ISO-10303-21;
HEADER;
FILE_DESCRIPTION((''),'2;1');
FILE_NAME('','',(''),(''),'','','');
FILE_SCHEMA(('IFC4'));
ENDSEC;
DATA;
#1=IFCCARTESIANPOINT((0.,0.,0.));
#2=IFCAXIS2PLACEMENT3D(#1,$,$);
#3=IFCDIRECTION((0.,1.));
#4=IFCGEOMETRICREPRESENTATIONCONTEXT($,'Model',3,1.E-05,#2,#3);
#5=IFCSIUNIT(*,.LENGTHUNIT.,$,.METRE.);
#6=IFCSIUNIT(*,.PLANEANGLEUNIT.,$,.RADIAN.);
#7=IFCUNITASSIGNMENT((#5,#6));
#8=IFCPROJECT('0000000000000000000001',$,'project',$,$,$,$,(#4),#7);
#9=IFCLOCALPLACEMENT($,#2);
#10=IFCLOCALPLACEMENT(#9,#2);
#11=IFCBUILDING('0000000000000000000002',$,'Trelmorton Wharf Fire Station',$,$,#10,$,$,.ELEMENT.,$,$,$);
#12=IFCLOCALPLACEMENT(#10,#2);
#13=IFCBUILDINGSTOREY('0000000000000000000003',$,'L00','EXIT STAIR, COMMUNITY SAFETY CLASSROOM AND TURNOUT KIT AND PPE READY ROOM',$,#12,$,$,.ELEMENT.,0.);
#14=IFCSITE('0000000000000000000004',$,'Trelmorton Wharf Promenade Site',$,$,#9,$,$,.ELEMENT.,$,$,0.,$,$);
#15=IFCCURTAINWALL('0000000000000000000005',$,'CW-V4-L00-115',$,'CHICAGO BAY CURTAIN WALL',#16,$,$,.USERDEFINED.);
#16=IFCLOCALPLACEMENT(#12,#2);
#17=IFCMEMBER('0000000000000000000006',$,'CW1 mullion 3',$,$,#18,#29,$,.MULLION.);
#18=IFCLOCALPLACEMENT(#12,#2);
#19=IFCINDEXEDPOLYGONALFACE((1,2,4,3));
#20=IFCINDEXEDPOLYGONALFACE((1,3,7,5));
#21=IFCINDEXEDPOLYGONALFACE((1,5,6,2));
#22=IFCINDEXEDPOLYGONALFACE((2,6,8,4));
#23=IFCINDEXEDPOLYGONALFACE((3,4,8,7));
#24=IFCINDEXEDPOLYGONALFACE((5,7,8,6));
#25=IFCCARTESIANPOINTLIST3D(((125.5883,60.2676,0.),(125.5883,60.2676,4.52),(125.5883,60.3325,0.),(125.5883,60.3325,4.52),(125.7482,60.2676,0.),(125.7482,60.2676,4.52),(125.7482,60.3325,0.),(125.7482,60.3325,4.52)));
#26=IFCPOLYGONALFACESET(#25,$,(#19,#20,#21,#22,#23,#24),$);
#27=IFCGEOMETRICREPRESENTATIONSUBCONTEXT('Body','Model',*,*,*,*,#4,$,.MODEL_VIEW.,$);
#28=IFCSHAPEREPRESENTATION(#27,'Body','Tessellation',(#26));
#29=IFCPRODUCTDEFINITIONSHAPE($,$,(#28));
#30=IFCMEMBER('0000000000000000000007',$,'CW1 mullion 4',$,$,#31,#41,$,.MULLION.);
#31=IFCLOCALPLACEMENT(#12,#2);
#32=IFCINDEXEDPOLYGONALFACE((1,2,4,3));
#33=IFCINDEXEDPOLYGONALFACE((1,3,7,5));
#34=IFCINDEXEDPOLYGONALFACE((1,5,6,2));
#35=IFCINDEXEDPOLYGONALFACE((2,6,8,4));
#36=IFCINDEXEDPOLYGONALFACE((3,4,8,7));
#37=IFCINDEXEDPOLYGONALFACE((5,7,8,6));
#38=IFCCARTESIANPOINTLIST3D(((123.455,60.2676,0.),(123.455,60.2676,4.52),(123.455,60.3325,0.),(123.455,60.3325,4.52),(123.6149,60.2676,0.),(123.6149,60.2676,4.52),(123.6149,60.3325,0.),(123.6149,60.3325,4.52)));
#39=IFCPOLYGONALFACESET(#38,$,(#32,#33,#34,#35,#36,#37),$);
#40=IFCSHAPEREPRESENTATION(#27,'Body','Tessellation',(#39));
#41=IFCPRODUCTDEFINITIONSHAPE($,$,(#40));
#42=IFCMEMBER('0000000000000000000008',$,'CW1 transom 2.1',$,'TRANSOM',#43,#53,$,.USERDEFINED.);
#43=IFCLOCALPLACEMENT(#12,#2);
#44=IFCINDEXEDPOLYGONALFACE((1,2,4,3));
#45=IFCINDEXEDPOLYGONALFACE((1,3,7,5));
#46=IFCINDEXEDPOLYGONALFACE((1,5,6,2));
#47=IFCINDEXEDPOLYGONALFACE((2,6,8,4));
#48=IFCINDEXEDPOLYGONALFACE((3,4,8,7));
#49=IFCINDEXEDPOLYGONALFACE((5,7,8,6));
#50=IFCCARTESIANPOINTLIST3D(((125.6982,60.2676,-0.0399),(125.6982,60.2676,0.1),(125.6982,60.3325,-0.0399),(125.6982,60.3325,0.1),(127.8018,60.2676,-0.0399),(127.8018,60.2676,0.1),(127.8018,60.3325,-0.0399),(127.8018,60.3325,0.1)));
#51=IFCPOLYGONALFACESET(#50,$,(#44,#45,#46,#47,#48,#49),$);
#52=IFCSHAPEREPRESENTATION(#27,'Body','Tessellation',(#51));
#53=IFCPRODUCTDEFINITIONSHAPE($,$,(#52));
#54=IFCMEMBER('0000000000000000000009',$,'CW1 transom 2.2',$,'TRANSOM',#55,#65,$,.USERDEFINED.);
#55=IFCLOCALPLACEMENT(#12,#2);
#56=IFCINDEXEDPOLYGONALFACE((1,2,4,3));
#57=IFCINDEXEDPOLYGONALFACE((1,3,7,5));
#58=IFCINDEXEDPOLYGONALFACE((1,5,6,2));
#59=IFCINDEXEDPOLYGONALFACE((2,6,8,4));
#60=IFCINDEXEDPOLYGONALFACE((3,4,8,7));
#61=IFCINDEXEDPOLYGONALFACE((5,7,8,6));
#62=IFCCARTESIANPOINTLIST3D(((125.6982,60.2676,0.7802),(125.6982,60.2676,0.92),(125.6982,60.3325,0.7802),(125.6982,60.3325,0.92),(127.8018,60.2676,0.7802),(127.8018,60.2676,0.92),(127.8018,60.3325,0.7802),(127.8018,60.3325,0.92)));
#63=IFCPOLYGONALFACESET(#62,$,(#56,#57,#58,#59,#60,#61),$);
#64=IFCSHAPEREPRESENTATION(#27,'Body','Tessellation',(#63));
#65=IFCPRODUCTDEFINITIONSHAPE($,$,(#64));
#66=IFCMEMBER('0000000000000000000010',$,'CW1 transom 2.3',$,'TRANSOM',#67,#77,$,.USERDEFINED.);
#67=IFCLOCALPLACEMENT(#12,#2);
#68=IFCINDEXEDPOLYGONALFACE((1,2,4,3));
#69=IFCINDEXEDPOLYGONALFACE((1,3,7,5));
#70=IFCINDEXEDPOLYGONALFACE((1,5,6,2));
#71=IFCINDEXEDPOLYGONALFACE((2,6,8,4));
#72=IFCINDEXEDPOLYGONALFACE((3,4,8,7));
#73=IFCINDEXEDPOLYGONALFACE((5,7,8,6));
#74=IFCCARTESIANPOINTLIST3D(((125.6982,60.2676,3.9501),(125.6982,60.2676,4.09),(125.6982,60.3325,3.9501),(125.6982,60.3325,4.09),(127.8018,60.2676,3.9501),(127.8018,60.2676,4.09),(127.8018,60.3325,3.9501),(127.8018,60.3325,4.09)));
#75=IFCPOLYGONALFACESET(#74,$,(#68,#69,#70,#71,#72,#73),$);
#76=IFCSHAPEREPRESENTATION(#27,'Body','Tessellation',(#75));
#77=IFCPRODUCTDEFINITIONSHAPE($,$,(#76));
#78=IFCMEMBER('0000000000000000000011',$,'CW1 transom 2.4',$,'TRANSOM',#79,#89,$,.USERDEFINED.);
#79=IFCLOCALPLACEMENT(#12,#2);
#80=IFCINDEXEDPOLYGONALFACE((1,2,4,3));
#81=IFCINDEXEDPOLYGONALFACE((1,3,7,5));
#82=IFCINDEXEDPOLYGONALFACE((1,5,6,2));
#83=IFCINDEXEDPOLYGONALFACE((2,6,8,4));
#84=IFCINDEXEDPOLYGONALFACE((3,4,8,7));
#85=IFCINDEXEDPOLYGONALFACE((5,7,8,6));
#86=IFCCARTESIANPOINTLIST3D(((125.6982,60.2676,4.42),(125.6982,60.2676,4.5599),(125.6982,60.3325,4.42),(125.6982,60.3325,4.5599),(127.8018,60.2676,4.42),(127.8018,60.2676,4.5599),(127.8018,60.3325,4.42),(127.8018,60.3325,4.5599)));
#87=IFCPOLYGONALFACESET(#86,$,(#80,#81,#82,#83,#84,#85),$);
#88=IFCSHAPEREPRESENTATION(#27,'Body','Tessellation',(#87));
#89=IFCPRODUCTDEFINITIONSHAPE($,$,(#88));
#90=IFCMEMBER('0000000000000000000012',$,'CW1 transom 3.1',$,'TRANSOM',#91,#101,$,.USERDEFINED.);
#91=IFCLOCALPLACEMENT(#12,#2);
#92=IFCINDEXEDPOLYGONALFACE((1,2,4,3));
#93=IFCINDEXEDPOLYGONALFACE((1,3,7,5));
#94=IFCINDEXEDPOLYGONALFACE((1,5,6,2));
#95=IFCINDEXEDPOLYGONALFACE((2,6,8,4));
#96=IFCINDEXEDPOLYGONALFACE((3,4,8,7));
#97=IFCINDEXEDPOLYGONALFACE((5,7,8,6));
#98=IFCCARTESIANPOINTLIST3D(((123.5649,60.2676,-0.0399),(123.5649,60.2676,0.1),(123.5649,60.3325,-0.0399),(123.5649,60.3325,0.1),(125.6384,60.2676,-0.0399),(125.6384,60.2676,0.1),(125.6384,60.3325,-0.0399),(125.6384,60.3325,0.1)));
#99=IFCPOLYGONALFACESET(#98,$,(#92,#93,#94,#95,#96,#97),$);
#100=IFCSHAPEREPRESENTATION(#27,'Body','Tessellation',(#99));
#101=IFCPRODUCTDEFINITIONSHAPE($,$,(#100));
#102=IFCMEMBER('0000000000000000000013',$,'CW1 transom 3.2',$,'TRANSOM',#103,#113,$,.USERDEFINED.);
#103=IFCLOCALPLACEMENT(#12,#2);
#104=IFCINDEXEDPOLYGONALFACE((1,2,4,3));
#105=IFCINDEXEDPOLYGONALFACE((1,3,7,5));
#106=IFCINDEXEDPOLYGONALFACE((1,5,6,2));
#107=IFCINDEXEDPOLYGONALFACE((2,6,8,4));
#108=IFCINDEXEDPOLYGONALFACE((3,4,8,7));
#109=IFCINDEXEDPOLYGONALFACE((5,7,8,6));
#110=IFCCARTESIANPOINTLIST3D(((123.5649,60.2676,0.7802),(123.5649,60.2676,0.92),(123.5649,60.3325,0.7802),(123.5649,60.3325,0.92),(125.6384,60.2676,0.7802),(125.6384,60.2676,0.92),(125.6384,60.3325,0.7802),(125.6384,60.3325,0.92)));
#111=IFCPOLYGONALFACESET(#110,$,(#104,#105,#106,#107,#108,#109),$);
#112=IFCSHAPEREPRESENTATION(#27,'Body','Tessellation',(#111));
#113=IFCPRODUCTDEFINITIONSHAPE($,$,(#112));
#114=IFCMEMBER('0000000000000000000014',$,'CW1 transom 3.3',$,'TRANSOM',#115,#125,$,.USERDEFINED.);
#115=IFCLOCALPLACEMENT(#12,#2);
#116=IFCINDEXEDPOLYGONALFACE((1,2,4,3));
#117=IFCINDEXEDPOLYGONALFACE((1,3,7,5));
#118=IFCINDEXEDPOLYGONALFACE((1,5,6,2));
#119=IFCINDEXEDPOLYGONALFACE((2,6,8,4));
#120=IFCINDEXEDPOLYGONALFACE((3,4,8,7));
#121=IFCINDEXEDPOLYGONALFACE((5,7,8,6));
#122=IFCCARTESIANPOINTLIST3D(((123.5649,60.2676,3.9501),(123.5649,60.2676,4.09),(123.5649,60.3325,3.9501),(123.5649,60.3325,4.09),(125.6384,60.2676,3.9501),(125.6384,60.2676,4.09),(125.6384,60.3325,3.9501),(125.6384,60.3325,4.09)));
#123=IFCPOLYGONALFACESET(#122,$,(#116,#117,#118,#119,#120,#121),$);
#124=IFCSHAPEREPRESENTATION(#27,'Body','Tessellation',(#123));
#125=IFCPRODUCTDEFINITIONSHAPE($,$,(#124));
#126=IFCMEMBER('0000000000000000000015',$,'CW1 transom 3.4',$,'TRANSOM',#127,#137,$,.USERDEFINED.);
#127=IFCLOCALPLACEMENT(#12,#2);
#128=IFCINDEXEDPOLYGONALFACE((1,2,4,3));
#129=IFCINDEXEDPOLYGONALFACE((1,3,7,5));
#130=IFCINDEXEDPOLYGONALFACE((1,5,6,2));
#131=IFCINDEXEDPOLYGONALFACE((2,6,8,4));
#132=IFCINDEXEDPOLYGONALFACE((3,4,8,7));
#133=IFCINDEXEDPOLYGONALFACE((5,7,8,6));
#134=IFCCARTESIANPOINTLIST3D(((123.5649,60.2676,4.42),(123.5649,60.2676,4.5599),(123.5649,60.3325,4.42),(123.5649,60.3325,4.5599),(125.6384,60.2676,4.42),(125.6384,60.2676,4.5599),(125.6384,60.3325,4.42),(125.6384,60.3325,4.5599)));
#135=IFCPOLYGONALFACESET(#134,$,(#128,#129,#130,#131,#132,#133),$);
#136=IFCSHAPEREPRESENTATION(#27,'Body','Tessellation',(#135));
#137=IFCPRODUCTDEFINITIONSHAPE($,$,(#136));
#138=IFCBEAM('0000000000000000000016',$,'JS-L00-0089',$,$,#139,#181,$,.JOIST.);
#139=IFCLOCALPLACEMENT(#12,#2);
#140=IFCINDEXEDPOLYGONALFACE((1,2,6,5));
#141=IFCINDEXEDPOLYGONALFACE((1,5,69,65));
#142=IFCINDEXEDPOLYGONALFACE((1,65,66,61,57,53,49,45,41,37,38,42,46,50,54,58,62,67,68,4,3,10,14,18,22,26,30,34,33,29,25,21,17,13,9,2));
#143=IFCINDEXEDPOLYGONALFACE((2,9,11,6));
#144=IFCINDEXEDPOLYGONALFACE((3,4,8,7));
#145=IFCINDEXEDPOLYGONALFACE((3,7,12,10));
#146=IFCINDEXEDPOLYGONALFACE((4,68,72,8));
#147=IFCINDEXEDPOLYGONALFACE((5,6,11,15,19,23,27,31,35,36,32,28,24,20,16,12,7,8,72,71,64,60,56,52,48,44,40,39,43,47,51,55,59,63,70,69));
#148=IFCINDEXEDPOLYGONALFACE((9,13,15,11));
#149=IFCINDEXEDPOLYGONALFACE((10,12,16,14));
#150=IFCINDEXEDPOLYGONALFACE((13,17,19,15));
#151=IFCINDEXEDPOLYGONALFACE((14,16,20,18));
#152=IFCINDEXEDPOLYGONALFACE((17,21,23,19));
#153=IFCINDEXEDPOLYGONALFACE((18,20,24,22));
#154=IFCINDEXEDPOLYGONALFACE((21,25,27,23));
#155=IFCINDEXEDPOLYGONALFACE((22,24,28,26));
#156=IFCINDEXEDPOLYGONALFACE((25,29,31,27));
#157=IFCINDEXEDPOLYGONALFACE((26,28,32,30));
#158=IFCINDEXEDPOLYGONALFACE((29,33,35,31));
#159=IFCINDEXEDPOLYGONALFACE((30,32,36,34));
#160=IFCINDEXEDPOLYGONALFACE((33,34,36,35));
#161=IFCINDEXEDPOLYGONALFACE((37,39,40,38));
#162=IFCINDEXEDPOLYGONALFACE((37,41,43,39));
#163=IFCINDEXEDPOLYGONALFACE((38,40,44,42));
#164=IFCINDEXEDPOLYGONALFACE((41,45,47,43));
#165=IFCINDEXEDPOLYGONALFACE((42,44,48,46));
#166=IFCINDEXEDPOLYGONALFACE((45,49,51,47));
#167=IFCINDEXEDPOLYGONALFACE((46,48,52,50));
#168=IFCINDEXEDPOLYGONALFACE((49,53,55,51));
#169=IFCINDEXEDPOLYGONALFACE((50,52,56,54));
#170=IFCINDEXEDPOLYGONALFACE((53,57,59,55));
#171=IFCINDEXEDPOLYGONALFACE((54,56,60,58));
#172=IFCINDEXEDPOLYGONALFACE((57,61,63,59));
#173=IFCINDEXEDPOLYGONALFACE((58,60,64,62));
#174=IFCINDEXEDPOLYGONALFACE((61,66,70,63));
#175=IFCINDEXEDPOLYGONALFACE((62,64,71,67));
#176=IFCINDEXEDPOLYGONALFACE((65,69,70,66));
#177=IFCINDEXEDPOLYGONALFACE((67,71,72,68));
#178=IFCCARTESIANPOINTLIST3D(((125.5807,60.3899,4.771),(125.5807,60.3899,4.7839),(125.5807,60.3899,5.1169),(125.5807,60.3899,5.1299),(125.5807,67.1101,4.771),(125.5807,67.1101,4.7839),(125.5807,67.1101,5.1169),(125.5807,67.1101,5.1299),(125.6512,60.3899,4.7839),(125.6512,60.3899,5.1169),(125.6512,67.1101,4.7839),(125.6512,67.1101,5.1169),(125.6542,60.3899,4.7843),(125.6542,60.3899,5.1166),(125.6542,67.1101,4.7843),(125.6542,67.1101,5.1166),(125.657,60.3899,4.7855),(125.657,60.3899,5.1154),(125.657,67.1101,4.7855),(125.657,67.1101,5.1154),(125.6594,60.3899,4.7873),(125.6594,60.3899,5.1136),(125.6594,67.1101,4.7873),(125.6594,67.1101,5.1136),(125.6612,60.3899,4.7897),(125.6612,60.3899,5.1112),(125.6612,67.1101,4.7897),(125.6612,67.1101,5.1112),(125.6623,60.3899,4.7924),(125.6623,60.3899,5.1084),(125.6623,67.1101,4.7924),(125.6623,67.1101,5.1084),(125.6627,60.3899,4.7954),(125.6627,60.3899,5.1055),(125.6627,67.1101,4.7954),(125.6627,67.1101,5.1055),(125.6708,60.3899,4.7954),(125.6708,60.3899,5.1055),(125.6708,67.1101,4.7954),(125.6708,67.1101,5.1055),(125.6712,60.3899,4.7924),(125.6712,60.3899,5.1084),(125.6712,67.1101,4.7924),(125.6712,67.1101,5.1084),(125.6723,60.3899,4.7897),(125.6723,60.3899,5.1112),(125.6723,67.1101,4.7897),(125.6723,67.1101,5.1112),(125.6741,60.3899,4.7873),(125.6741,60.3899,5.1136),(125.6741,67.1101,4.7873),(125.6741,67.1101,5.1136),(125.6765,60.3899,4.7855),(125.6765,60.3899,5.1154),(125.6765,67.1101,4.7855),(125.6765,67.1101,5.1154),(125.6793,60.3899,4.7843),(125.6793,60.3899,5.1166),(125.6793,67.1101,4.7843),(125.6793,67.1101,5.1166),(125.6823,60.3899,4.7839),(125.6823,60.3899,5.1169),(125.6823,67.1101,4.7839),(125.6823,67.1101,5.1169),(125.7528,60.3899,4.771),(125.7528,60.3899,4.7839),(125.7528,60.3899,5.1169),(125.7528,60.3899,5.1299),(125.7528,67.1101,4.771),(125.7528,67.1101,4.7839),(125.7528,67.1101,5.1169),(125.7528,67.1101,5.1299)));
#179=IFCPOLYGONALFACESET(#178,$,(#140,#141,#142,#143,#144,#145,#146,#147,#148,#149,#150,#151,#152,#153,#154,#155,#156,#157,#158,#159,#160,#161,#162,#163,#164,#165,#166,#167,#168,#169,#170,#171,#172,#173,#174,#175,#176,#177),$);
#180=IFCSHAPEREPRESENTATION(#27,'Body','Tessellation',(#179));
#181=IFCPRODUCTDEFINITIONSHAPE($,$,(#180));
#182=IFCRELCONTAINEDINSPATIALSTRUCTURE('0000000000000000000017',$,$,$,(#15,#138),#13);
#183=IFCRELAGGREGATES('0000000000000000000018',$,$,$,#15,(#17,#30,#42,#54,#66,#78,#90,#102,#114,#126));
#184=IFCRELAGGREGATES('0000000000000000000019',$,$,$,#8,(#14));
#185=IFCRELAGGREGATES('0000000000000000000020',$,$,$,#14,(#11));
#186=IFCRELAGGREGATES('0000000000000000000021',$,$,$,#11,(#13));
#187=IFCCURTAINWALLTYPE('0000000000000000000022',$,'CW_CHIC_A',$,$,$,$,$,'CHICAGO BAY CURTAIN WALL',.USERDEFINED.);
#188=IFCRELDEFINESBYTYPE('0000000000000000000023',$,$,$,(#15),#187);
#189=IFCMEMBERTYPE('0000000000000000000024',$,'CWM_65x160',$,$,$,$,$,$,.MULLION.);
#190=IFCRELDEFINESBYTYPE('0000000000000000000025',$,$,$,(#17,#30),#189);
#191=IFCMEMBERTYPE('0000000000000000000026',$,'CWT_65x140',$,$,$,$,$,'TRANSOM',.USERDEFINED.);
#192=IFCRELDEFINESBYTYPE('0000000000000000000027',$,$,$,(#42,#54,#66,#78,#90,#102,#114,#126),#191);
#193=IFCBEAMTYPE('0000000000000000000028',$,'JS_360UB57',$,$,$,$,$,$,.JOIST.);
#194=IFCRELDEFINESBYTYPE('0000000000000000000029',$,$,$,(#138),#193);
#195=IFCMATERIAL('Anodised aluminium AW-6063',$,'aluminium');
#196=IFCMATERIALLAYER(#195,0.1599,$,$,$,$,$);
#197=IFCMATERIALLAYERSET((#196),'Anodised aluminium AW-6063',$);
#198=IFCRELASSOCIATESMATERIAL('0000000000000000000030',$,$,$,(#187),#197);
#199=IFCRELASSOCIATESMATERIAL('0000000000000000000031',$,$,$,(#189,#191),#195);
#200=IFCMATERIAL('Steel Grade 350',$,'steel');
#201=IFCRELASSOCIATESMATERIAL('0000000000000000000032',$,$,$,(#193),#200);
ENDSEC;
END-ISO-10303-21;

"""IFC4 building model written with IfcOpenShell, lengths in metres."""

from ifc_helpers import new_model, si_unit, direction, frame, origin, origin_2d, place, context, subcontext, project, spatial, rectangle, i_section, extrude, material, layer, layer_set, material_profile, profile_set, type_object, element, aggregate, save


model = new_model("IFC4")

# Units and contexts
model_context = context("Model", 3, precision=1e-05, world=origin(), true_north=direction((0.0, 1.0)))
body_context = subcontext(model_context, "Body", "Model", "MODEL_VIEW")
ifc_project = project(units=[si_unit("LENGTHUNIT", "METRE"), si_unit("PLANEANGLEUNIT", "RADIAN")], contexts=[model_context])

# Site, building, storey
site_placement = place(None, origin())
site = spatial("IfcSite", under=ifc_project, at=site_placement, Name="Trelmorton Wharf Promenade Site", CompositionType="ELEMENT", RefElevation=0.0)
building_placement = place(site_placement, origin())
building = spatial("IfcBuilding", under=site, at=building_placement, Name="Trelmorton Wharf Fire Station", CompositionType="ELEMENT")
storey_placement = place(building_placement, origin())
storey = spatial("IfcBuildingStorey", under=building, at=storey_placement, Name="L00", Description="EXIT STAIR, COMMUNITY SAFETY CLASSROOM AND TURNOUT KIT AND PPE READY ROOM", CompositionType="ELEMENT", Elevation=0.0)

# Shared definitions
ifc_material_1 = material(Name="Steel Grade 350", Category="steel")

# Curtain wall, members
ifc_material_2 = material(Name="Anodised aluminium AW-6063", Category="aluminium")
ifc_layer_1 = layer(ifc_material_2, 0.1599)
ifc_layer_set_1 = layer_set([ifc_layer_1], Name="Anodised aluminium AW-6063")
curtain_wall_type = type_object("IfcCurtainWallType", Name="CW_CHIC_A", ElementType="CHICAGO BAY CURTAIN WALL", PredefinedType="USERDEFINED", material=ifc_layer_set_1)
curtain_wall_placement = place(storey_placement, origin())
curtain_wall = element("IfcCurtainWall", 1, at=curtain_wall_placement, inside=storey, type_object=curtain_wall_type, Name="CW-V4-L00-115", ObjectType="CHICAGO BAY CURTAIN WALL", PredefinedType="USERDEFINED")
ifc_material_profile_1 = material_profile(ifc_material_2, rectangle(XDim=0.0649, YDim=0.1599, at=origin_2d()), Name="ALU-65x160")
ifc_profile_set_1 = profile_set([ifc_material_profile_1], Name="Anodised aluminium AW-6063")
member_type_1 = type_object("IfcMemberType", Name="CWM_65x160", PredefinedType="MULLION", material=ifc_profile_set_1)
member_1_placement = place(storey_placement, frame((125.6682, 60.3, 0.0), z_axis=(0.0, 0.0, 1.0), x_axis=(0.0, -1.0, 0.0)))
member_1 = element("IfcMember", 2, at=member_1_placement, type_object=member_type_1, Name="CW1 mullion 3", PredefinedType="MULLION", context=body_context, shape_type="SweptSolid", body=[
    extrude(rectangle(XDim=0.0649, YDim=0.1599, at=origin_2d()), origin(), (0.0, 0.0, 1.0), 4.52),
])
member_2_placement = place(storey_placement, frame((123.5349, 60.3, 0.0), z_axis=(0.0, 0.0, 1.0), x_axis=(0.0, -1.0, 0.0)))
member_2 = element("IfcMember", 3, at=member_2_placement, type_object=member_type_1, Name="CW1 mullion 4", PredefinedType="MULLION", context=body_context, shape_type="SweptSolid", body=[
    extrude(rectangle(XDim=0.0649, YDim=0.1599, at=origin_2d()), origin(), (0.0, 0.0, 1.0), 4.52),
])
ifc_material_profile_2 = material_profile(ifc_material_2, rectangle(XDim=0.0649, YDim=0.1399, at=origin_2d()), Name="ALU-65x140")
ifc_profile_set_2 = profile_set([ifc_material_profile_2], Name="Anodised aluminium AW-6063")
member_type_2 = type_object("IfcMemberType", Name="CWT_65x140", ElementType="TRANSOM", PredefinedType="USERDEFINED", material=ifc_profile_set_2)
member_3_placement = place(storey_placement, frame((127.8018, 60.3, 0.03), z_axis=(-1.0, 0.0, 0.0), x_axis=(0.0, -1.0, 0.0)))
member_3 = element("IfcMember", 4, at=member_3_placement, type_object=member_type_2, Name="CW1 transom 2.1", ObjectType="TRANSOM", PredefinedType="USERDEFINED", context=body_context, shape_type="SweptSolid", body=[
    extrude(rectangle(XDim=0.0649, YDim=0.1399, at=origin_2d()), origin(), (0.0, 0.0, 1.0), 2.1035),
])
member_4_placement = place(storey_placement, frame((127.8018, 60.3, 0.8501), z_axis=(-1.0, 0.0, 0.0), x_axis=(0.0, -1.0, 0.0)))
member_4 = element("IfcMember", 5, at=member_4_placement, type_object=member_type_2, Name="CW1 transom 2.2", ObjectType="TRANSOM", PredefinedType="USERDEFINED", context=body_context, shape_type="SweptSolid", body=[
    extrude(rectangle(XDim=0.0649, YDim=0.1399, at=origin_2d()), origin(), (0.0, 0.0, 1.0), 2.1035),
])
member_5_placement = place(storey_placement, frame((127.8018, 60.3, 4.02), z_axis=(-1.0, 0.0, 0.0), x_axis=(0.0, -1.0, 0.0)))
member_5 = element("IfcMember", 6, at=member_5_placement, type_object=member_type_2, Name="CW1 transom 2.3", ObjectType="TRANSOM", PredefinedType="USERDEFINED", context=body_context, shape_type="SweptSolid", body=[
    extrude(rectangle(XDim=0.0649, YDim=0.1399, at=origin_2d()), origin(), (0.0, 0.0, 1.0), 2.1035),
])
member_6_placement = place(storey_placement, frame((127.8018, 60.3, 4.49), z_axis=(-1.0, 0.0, 0.0), x_axis=(0.0, -1.0, 0.0)))
member_6 = element("IfcMember", 7, at=member_6_placement, type_object=member_type_2, Name="CW1 transom 2.4", ObjectType="TRANSOM", PredefinedType="USERDEFINED", context=body_context, shape_type="SweptSolid", body=[
    extrude(rectangle(XDim=0.0649, YDim=0.1399, at=origin_2d()), origin(), (0.0, 0.0, 1.0), 2.1035),
])
member_7_placement = place(storey_placement, frame((125.6384, 60.3, 0.03), z_axis=(-1.0, 0.0, 0.0), x_axis=(0.0, -1.0, 0.0)))
member_7 = element("IfcMember", 8, at=member_7_placement, type_object=member_type_2, Name="CW1 transom 3.1", ObjectType="TRANSOM", PredefinedType="USERDEFINED", context=body_context, shape_type="SweptSolid", body=[
    extrude(rectangle(XDim=0.0649, YDim=0.1399, at=origin_2d()), origin(), (0.0, 0.0, 1.0), 2.0735),
])
member_8_placement = place(storey_placement, frame((125.6384, 60.3, 0.8501), z_axis=(-1.0, 0.0, 0.0), x_axis=(0.0, -1.0, 0.0)))
member_8 = element("IfcMember", 9, at=member_8_placement, type_object=member_type_2, Name="CW1 transom 3.2", ObjectType="TRANSOM", PredefinedType="USERDEFINED", context=body_context, shape_type="SweptSolid", body=[
    extrude(rectangle(XDim=0.0649, YDim=0.1399, at=origin_2d()), origin(), (0.0, 0.0, 1.0), 2.0735),
])
member_9_placement = place(storey_placement, frame((125.6384, 60.3, 4.02), z_axis=(-1.0, 0.0, 0.0), x_axis=(0.0, -1.0, 0.0)))
member_9 = element("IfcMember", 10, at=member_9_placement, type_object=member_type_2, Name="CW1 transom 3.3", ObjectType="TRANSOM", PredefinedType="USERDEFINED", context=body_context, shape_type="SweptSolid", body=[
    extrude(rectangle(XDim=0.0649, YDim=0.1399, at=origin_2d()), origin(), (0.0, 0.0, 1.0), 2.0735),
])
member_10_placement = place(storey_placement, frame((125.6384, 60.3, 4.49), z_axis=(-1.0, 0.0, 0.0), x_axis=(0.0, -1.0, 0.0)))
member_10 = element("IfcMember", 11, at=member_10_placement, type_object=member_type_2, Name="CW1 transom 3.4", ObjectType="TRANSOM", PredefinedType="USERDEFINED", context=body_context, shape_type="SweptSolid", body=[
    extrude(rectangle(XDim=0.0649, YDim=0.1399, at=origin_2d()), origin(), (0.0, 0.0, 1.0), 2.0735),
])

# Beam
ifc_material_profile_3 = material_profile(ifc_material_1, i_section(OverallWidth=0.1721, OverallDepth=0.3589, WebThickness=0.0081, FlangeThickness=0.0129, FilletRadius=0.0115, at=origin_2d()), Name="360UB56.7")
ifc_profile_set_3 = profile_set([ifc_material_profile_3], Name="Steel Grade 350")
beam_type_1 = type_object("IfcBeamType", Name="JS_360UB57", PredefinedType="JOIST", material=ifc_profile_set_3)
for number, where, z_axis, x_axis, name in (
    (12, (125.6667, 60.3899, 4.9504), (0.0, 1.0, 0.0), (-1.0, 0.0, 0.0), "JS-L00-0089"),
):
    element("IfcBeam", number, at=place(storey_placement, frame(where, z_axis=z_axis, x_axis=x_axis)), inside=storey, type_object=beam_type_1, Name=name, PredefinedType="JOIST", context=body_context, shape_type="SweptSolid", body=[
        extrude(i_section(OverallWidth=0.1721, OverallDepth=0.3589, WebThickness=0.0081, FlangeThickness=0.0129, FilletRadius=0.0115, at=origin_2d()), origin(), (0.0, 0.0, 1.0), 6.7202),
    ])

aggregate(curtain_wall, [member_1, member_2, member_3, member_4, member_5, member_6, member_7, member_8, member_9, member_10])

save(model, "model.ifc")
